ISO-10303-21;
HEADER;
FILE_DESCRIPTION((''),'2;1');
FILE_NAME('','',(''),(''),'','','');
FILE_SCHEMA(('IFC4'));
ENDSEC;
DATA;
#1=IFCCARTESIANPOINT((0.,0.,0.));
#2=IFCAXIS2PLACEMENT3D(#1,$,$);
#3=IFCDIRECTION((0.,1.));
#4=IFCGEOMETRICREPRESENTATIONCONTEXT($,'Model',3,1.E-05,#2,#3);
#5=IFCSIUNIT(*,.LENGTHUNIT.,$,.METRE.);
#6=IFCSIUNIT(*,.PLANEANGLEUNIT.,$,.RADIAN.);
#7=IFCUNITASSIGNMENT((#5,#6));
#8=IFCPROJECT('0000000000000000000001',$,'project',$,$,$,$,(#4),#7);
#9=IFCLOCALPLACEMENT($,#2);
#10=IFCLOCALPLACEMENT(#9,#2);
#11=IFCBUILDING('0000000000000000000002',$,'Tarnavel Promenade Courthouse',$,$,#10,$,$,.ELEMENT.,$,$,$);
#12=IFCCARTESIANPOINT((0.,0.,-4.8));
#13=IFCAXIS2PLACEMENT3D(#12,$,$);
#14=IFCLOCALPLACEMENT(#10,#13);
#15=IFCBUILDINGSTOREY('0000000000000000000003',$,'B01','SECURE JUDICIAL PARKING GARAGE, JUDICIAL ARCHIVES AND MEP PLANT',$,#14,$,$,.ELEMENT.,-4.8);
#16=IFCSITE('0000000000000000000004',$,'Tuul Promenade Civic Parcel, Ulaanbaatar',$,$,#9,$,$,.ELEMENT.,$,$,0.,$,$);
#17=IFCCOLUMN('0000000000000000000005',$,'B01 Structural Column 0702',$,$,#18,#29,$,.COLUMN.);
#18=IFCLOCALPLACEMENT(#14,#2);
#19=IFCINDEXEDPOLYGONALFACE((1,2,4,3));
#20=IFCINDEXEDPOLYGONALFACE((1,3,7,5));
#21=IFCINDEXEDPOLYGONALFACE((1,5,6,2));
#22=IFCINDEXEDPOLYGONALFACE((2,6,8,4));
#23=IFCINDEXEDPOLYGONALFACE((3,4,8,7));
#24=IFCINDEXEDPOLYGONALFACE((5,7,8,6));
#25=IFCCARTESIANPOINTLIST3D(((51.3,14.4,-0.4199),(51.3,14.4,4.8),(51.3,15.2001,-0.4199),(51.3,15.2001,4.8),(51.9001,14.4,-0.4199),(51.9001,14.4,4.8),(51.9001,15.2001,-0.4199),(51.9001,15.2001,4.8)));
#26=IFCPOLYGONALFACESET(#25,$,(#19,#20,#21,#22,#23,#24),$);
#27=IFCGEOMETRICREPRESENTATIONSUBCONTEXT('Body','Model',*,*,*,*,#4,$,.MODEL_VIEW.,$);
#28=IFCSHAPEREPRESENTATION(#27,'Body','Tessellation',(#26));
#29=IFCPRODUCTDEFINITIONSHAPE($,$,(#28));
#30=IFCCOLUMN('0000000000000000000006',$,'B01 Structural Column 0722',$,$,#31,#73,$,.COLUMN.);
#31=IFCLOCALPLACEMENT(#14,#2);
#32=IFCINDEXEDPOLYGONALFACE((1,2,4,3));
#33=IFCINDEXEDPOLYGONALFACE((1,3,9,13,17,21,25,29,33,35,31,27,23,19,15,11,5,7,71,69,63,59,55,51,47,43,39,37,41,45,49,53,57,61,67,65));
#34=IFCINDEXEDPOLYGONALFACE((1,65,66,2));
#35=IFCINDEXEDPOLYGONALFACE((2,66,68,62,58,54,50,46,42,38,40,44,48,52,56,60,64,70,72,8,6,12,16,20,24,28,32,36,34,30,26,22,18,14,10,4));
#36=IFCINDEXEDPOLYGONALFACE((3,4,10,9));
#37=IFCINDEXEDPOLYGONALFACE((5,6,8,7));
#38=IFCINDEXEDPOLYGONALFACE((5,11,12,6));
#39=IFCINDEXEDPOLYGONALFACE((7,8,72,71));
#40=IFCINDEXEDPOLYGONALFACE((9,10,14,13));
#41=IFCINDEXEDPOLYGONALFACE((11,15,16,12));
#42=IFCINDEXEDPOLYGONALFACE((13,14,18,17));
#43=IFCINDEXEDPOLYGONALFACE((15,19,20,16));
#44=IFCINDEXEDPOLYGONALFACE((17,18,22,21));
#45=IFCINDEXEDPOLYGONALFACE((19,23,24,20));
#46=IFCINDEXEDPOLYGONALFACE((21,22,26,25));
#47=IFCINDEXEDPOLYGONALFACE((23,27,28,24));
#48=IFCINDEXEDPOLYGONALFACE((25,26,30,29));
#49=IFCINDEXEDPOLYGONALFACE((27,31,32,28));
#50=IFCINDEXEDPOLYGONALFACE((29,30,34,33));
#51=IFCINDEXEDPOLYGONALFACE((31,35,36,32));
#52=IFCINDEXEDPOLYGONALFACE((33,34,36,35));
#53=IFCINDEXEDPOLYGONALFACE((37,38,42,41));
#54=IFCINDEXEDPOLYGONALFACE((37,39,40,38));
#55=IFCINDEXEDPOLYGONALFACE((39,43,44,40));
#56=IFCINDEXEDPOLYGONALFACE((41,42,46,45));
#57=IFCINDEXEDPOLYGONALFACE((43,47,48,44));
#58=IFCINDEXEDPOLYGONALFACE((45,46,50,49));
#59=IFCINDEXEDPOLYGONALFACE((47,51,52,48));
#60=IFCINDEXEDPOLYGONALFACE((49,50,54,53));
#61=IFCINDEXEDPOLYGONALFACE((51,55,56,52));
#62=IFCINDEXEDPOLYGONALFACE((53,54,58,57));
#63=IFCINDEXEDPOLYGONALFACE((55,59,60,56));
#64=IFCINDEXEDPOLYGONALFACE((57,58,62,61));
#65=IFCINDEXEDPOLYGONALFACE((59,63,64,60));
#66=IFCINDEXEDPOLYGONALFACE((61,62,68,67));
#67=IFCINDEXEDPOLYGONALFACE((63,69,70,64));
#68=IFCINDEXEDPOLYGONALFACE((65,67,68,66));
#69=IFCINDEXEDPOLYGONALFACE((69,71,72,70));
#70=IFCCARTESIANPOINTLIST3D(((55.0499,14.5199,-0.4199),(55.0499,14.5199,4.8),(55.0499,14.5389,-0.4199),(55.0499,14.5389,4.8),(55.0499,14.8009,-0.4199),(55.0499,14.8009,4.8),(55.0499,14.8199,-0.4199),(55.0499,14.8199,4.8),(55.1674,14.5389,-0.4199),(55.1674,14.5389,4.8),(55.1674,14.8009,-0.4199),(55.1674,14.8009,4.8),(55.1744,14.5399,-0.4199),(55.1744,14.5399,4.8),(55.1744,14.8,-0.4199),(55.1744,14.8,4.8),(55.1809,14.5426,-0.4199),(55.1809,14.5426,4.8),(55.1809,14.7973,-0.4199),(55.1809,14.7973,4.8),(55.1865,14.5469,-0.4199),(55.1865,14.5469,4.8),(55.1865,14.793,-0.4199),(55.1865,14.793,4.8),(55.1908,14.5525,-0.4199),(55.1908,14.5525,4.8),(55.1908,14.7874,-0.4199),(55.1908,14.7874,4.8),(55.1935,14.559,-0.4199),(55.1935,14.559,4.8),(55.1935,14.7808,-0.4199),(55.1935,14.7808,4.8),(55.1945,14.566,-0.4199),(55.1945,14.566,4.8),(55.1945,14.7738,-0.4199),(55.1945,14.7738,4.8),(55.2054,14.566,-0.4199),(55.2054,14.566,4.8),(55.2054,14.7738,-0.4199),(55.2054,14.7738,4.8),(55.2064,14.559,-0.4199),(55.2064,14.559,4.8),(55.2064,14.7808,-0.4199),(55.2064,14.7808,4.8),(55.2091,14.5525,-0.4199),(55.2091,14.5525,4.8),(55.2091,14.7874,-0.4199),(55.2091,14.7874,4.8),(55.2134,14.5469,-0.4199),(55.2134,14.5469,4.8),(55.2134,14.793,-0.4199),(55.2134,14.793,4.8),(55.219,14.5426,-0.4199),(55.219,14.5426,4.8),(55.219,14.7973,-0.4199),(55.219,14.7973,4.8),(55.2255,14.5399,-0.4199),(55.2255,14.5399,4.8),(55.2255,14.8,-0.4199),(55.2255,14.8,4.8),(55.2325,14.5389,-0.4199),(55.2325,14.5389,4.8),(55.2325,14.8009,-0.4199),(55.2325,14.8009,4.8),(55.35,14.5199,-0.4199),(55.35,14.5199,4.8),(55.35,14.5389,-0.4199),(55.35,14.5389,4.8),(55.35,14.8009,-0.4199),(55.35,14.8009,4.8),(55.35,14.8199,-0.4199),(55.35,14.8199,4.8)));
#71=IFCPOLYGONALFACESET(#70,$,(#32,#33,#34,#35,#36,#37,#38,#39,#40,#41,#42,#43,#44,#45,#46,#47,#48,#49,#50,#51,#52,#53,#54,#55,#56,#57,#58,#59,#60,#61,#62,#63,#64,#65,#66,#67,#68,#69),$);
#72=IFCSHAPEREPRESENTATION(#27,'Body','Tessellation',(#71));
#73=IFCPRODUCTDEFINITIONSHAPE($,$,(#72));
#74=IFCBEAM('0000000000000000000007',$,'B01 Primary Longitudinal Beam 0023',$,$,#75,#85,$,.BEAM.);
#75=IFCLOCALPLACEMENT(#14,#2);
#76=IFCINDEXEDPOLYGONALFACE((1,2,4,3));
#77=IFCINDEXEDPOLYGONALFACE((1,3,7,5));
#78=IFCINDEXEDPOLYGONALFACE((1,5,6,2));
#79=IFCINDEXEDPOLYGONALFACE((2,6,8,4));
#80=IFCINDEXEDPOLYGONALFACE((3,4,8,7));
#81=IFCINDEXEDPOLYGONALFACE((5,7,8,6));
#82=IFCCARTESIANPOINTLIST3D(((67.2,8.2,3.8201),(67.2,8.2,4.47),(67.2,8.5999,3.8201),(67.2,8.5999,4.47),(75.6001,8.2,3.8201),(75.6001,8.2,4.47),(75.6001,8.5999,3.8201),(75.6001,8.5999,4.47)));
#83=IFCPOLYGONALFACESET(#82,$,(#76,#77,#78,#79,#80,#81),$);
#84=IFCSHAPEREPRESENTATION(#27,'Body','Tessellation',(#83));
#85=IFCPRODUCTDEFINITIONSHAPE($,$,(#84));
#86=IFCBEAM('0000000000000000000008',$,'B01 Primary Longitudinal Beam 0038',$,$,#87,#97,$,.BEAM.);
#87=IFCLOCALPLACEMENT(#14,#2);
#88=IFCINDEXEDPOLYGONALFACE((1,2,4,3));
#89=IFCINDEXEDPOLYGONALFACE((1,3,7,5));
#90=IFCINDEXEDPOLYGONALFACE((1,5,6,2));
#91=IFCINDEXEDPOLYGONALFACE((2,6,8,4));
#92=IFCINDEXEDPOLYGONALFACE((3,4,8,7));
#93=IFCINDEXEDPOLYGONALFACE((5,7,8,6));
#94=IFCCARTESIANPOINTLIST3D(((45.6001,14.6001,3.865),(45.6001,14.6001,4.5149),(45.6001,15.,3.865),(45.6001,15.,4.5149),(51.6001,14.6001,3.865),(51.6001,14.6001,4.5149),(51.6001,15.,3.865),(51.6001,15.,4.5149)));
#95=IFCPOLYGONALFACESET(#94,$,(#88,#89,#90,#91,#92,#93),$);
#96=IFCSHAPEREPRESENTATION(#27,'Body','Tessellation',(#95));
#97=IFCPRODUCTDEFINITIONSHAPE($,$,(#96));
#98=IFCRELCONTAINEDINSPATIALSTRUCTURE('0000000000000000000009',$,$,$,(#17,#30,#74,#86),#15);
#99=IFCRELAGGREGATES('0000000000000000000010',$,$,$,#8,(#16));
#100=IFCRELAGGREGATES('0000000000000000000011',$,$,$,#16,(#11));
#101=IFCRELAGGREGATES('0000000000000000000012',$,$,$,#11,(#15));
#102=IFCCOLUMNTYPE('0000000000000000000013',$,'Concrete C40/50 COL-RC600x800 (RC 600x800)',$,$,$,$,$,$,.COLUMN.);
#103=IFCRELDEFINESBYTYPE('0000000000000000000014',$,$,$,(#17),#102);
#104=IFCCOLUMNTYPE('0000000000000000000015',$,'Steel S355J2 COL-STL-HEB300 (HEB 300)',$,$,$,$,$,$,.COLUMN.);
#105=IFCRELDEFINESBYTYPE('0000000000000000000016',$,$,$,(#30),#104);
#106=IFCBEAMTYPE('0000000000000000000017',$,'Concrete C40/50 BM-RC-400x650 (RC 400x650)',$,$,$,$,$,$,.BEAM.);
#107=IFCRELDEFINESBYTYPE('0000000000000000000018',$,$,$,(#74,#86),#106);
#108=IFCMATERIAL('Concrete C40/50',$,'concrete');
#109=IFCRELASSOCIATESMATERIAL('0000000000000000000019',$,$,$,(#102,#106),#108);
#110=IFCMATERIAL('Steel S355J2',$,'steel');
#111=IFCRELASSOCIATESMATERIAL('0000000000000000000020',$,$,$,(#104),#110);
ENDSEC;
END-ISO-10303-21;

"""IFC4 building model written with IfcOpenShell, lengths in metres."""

from ifc_helpers import new_model, si_unit, direction, frame, origin, origin_2d, place, context, subcontext, project, spatial, rectangle, i_section, extrude, material, material_profile, profile_set, type_object, element, save


model = new_model("IFC4")

# Units and contexts
model_context = context("Model", 3, precision=1e-05, world=origin(), true_north=direction((0.0, 1.0)))
body_context = subcontext(model_context, "Body", "Model", "MODEL_VIEW")
ifc_project = project(units=[si_unit("LENGTHUNIT", "METRE"), si_unit("PLANEANGLEUNIT", "RADIAN")], contexts=[model_context])

# Site, building, storey
site_placement = place(None, origin())
site = spatial("IfcSite", under=ifc_project, at=site_placement, Name="Tuul Promenade Civic Parcel, Ulaanbaatar", CompositionType="ELEMENT", RefElevation=0.0)
building_placement = place(site_placement, origin())
building = spatial("IfcBuilding", under=site, at=building_placement, Name="Tarnavel Promenade Courthouse", CompositionType="ELEMENT")
storey_placement = place(building_placement, frame((0.0, 0.0, -4.8)))
storey = spatial("IfcBuildingStorey", under=building, at=storey_placement, Name="B01", Description="SECURE JUDICIAL PARKING GARAGE, JUDICIAL ARCHIVES AND MEP PLANT", CompositionType="ELEMENT", Elevation=-4.8)

# Columns
ifc_material_1 = material(Name="Concrete C40/50", Category="concrete")
ifc_material_profile_1 = material_profile(ifc_material_1, rectangle(XDim=0.6001, YDim=0.8, at=origin_2d()), Name="RC 600x800")
ifc_profile_set_1 = profile_set([ifc_material_profile_1], Name="Concrete C40/50")
column_type_1 = type_object("IfcColumnType", Name="Concrete C40/50 COL-RC600x800 (RC 600x800)", PredefinedType="COLUMN", material=ifc_profile_set_1)
for number, where, z_axis, x_axis, name in (
    (1, (51.6001, 14.8, -0.4199), (0.0, 0.0, 1.0), (1.0, 0.0, 0.0), "B01 Structural Column 0702"),
):
    element("IfcColumn", number, at=place(storey_placement, frame(where, z_axis=z_axis, x_axis=x_axis)), inside=storey, type_object=column_type_1, Name=name, PredefinedType="COLUMN", context=body_context, shape_type="SweptSolid", body=[
        extrude(rectangle(XDim=0.6001, YDim=0.8, at=origin_2d()), origin(), (0.0, 0.0, 1.0), 5.22),
    ])
ifc_material_2 = material(Name="Steel S355J2", Category="steel")
ifc_material_profile_2 = material_profile(ifc_material_2, i_section(OverallWidth=0.3, OverallDepth=0.3, WebThickness=0.011, FlangeThickness=0.019, FilletRadius=0.0271, at=origin_2d()), Name="HEB 300")
ifc_profile_set_2 = profile_set([ifc_material_profile_2], Name="Steel S355J2")
column_type_2 = type_object("IfcColumnType", Name="Steel S355J2 COL-STL-HEB300 (HEB 300)", PredefinedType="COLUMN", material=ifc_profile_set_2)
column_placement = place(storey_placement, frame((55.2, 14.6699, -0.4199), z_axis=(0.0, 0.0, 1.0), x_axis=(1.0, 0.0, 0.0)))
element("IfcColumn", 2, at=column_placement, inside=storey, type_object=column_type_2, Name="B01 Structural Column 0722", PredefinedType="COLUMN", context=body_context, shape_type="SweptSolid", body=[
    extrude(i_section(OverallWidth=0.3, OverallDepth=0.3, WebThickness=0.011, FlangeThickness=0.019, FilletRadius=0.0271, at=origin_2d()), origin(), (0.0, 0.0, 1.0), 5.22),
])

# Beams
ifc_material_profile_3 = material_profile(ifc_material_1, rectangle(XDim=0.3999, YDim=0.6499, at=origin_2d()), Name="RC 400x650")
ifc_profile_set_3 = profile_set([ifc_material_profile_3], Name="Concrete C40/50")
beam_type = type_object("IfcBeamType", Name="Concrete C40/50 BM-RC-400x650 (RC 400x650)", PredefinedType="BEAM", material=ifc_profile_set_3)
beam_1_placement = place(storey_placement, frame((67.2, 8.3999, 4.145), z_axis=(1.0, 0.0, 0.0), x_axis=(0.0, 1.0, 0.0)))
element("IfcBeam", 3, at=beam_1_placement, inside=storey, type_object=beam_type, Name="B01 Primary Longitudinal Beam 0023", PredefinedType="BEAM", context=body_context, shape_type="SweptSolid", body=[
    extrude(rectangle(XDim=0.3999, YDim=0.6499, at=origin_2d()), origin(), (0.0, 0.0, 1.0), 8.4001),
])
beam_2_placement = place(storey_placement, frame((45.6001, 14.8, 4.1899), z_axis=(1.0, 0.0, 0.0), x_axis=(0.0, 1.0, 0.0)))
element("IfcBeam", 4, at=beam_2_placement, inside=storey, type_object=beam_type, Name="B01 Primary Longitudinal Beam 0038", PredefinedType="BEAM", context=body_context, shape_type="SweptSolid", body=[
    extrude(rectangle(XDim=0.3999, YDim=0.6499, at=origin_2d()), origin(), (0.0, 0.0, 1.0), 6.0),
])

save(model, "model.ifc")
